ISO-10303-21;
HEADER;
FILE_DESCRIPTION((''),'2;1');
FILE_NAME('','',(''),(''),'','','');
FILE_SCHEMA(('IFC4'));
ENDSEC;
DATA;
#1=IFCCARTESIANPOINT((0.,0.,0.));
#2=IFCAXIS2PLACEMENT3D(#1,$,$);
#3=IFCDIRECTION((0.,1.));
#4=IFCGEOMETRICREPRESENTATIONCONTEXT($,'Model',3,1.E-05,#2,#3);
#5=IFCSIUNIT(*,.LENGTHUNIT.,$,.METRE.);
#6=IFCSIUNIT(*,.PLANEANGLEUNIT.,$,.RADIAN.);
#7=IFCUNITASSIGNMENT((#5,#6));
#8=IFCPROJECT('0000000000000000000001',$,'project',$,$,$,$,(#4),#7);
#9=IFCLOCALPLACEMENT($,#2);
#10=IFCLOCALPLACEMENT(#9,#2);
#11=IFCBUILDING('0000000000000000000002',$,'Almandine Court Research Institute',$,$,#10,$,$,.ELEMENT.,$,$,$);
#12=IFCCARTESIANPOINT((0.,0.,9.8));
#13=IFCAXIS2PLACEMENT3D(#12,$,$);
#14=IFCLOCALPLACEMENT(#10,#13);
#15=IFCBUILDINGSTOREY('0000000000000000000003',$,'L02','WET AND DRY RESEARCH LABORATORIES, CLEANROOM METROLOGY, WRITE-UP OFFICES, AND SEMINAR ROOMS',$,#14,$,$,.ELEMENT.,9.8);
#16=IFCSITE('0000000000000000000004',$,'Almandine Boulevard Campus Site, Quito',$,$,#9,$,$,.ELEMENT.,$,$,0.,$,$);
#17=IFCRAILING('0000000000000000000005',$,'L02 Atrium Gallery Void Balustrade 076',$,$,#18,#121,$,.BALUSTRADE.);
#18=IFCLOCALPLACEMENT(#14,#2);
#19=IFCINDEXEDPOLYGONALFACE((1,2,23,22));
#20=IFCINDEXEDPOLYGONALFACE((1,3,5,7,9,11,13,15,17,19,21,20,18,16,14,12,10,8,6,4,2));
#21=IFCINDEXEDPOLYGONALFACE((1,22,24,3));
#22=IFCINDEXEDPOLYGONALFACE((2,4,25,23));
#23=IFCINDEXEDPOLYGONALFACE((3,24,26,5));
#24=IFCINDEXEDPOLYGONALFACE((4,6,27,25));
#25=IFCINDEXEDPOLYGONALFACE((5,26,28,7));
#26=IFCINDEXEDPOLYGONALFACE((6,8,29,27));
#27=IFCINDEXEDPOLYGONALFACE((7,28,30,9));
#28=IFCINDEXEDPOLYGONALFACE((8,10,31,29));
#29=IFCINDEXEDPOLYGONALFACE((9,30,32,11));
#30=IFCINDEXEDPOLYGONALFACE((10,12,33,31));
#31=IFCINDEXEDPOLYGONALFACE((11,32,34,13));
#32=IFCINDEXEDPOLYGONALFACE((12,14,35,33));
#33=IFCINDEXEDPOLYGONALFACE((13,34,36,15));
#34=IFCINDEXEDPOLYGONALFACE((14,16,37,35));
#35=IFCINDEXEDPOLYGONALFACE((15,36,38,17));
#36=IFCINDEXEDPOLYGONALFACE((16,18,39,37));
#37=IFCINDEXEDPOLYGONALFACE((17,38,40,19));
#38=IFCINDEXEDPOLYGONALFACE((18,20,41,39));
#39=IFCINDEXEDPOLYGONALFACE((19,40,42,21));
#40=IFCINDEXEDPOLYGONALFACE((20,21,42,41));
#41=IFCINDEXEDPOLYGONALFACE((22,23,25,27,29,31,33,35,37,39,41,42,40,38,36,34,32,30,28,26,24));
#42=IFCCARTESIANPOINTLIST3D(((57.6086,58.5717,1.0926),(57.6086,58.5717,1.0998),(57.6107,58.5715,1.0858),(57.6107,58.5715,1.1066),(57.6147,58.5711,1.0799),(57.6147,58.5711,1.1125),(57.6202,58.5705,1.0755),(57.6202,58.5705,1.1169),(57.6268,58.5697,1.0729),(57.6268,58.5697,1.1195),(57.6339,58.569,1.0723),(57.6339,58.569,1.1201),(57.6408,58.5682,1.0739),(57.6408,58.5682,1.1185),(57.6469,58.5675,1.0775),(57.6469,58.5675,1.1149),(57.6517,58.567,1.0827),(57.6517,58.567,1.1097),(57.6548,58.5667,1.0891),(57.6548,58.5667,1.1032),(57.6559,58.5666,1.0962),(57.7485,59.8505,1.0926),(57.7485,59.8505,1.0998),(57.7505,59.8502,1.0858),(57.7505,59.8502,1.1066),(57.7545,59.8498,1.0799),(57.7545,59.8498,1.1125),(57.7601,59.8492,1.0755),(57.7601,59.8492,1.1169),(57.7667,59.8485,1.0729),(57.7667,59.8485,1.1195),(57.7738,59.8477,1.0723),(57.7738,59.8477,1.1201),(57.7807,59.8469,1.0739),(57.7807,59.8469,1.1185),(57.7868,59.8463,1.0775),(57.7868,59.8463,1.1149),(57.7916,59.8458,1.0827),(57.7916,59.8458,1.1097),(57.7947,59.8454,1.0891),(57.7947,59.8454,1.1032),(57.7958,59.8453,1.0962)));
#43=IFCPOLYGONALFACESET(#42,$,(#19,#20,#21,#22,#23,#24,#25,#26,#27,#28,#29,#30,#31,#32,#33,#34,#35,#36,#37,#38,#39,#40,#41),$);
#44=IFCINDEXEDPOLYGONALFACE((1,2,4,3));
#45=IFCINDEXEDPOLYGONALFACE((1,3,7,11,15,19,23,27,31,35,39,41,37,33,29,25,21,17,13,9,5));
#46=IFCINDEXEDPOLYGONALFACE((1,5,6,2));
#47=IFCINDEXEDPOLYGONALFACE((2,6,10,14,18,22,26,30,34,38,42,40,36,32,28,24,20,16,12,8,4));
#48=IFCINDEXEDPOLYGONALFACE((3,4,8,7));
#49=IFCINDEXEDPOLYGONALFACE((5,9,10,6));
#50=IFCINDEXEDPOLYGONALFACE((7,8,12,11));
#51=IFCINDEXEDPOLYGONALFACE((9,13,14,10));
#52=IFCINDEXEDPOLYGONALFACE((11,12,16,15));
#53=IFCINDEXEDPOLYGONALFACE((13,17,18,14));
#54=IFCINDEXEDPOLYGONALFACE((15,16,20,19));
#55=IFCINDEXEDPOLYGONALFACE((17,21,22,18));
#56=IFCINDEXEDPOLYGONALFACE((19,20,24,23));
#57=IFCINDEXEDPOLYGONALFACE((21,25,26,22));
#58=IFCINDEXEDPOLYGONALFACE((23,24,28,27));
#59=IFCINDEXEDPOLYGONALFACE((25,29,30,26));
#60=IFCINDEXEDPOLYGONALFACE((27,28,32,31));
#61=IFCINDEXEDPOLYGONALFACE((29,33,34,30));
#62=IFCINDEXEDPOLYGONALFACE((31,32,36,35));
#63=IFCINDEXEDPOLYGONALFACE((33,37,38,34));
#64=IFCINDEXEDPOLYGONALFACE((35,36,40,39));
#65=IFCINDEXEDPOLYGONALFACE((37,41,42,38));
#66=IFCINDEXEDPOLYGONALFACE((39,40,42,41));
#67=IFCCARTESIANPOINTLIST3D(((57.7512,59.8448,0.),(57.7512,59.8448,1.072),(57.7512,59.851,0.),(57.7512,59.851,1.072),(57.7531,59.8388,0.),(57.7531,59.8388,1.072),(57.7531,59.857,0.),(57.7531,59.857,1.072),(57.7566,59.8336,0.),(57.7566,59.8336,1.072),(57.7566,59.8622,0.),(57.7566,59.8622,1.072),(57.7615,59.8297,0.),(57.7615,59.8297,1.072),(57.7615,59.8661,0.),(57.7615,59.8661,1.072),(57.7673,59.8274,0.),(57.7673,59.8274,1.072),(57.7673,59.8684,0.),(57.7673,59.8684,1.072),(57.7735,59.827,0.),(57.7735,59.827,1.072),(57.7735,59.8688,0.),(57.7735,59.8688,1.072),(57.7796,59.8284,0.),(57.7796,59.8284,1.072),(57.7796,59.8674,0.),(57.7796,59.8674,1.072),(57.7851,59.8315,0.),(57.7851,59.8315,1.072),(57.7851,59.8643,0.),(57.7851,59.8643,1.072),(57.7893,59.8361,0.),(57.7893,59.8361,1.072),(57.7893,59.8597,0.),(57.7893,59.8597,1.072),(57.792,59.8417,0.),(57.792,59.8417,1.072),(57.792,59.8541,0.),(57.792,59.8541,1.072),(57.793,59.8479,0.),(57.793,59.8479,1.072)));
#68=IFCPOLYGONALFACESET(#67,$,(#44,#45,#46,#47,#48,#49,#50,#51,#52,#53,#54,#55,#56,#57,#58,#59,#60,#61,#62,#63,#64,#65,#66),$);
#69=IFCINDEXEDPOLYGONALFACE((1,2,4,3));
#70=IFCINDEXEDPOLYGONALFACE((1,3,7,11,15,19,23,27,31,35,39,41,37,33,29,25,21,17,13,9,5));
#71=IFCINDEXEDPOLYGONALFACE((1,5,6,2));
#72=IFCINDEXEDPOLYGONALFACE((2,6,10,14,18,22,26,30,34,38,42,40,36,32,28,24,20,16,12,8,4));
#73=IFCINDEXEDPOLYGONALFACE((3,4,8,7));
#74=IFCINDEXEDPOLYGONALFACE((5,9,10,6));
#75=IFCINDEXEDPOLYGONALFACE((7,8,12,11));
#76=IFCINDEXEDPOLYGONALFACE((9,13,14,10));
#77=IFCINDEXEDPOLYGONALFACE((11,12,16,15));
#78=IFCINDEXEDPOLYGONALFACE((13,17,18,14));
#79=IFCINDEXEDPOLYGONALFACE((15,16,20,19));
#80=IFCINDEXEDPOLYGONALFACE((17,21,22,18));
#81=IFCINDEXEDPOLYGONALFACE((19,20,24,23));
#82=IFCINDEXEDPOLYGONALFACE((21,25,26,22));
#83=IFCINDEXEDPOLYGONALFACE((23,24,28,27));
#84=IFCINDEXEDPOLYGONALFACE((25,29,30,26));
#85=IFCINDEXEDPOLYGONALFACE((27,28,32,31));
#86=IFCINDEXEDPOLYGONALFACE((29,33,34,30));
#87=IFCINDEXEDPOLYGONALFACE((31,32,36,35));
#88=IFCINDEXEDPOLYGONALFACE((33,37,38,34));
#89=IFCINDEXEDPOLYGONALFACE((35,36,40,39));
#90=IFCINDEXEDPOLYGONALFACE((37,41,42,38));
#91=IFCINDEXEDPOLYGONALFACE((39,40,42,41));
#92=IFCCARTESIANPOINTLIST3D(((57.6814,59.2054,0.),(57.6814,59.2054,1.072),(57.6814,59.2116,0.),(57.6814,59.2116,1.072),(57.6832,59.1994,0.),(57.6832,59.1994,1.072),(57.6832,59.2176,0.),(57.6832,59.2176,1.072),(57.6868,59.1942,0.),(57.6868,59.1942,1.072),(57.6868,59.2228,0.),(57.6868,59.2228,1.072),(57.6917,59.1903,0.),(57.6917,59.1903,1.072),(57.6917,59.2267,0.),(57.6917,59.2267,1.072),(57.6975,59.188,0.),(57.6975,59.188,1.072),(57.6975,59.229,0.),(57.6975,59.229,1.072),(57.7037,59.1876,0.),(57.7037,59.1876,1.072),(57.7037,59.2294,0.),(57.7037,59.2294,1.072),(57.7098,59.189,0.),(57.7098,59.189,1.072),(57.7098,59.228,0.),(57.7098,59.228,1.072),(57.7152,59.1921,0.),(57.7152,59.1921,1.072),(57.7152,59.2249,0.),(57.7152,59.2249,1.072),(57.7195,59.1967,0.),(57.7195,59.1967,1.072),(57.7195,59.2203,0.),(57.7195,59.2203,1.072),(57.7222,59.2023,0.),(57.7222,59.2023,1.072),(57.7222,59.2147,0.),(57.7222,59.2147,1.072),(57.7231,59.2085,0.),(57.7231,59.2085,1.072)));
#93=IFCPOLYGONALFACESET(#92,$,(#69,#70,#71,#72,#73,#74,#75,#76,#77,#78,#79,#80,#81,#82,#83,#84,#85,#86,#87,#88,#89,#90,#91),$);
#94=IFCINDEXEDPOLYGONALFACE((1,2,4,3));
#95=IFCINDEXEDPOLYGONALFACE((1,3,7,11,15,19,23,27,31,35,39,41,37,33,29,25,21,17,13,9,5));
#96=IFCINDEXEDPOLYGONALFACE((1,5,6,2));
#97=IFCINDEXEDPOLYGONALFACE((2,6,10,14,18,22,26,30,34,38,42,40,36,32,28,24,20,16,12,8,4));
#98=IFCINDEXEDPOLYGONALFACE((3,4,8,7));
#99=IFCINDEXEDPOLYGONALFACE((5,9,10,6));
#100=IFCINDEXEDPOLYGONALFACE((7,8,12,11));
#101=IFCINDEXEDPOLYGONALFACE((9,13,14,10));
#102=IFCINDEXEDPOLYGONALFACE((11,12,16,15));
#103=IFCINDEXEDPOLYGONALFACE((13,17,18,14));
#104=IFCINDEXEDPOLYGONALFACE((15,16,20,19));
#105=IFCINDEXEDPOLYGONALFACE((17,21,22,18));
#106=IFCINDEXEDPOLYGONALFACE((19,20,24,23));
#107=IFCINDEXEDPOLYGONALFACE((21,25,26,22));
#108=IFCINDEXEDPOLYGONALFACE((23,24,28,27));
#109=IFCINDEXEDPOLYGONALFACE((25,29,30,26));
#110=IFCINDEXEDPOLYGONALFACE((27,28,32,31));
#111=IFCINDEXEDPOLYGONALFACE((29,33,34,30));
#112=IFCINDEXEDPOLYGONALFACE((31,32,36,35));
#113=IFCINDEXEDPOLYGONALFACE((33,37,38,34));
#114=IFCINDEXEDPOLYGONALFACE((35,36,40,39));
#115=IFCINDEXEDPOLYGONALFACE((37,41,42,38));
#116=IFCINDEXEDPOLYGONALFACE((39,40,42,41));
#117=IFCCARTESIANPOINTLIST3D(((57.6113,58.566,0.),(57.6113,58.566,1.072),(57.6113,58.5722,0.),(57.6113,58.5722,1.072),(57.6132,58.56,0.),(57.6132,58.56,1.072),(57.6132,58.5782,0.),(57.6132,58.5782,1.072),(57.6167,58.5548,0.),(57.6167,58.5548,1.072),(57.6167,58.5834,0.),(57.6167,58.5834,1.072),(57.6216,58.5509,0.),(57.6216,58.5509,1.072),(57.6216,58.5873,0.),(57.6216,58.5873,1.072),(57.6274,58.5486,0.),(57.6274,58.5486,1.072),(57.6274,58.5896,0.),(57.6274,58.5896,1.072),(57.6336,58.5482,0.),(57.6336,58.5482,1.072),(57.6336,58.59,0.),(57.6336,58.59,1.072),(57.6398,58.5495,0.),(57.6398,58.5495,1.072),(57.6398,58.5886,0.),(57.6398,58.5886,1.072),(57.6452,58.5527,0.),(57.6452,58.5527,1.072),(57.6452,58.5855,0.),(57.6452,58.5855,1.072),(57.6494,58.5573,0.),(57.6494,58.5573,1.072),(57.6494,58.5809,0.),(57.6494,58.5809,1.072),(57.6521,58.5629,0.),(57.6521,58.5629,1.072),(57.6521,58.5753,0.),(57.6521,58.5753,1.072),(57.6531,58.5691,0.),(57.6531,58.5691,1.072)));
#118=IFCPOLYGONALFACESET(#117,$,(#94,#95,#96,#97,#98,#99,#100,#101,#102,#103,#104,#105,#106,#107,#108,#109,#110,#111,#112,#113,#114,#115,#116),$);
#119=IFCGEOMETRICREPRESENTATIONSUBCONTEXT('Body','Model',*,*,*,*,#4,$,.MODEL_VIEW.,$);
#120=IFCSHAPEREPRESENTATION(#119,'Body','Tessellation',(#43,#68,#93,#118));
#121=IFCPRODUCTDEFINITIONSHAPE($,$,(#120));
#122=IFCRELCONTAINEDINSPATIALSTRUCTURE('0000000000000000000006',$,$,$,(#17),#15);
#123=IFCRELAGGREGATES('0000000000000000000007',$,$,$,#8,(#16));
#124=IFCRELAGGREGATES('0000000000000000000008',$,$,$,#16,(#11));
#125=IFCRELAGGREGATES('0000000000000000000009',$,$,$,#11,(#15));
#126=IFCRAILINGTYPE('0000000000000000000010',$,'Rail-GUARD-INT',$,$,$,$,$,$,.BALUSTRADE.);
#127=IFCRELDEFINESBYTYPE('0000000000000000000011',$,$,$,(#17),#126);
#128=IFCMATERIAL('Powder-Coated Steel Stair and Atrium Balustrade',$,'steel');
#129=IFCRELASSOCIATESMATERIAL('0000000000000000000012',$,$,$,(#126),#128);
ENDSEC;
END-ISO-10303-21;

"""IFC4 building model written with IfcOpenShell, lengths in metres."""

from ifc_helpers import new_model, si_unit, direction, frame, origin, origin_2d, place, context, subcontext, project, spatial, circle, extrude, material, type_object, element, save


model = new_model("IFC4")

# Units and contexts
model_context = context("Model", 3, precision=1e-05, world=origin(), true_north=direction((0.0, 1.0)))
body_context = subcontext(model_context, "Body", "Model", "MODEL_VIEW")
ifc_project = project(units=[si_unit("LENGTHUNIT", "METRE"), si_unit("PLANEANGLEUNIT", "RADIAN")], contexts=[model_context])

# Site, building, storey
site_placement = place(None, origin())
site = spatial("IfcSite", under=ifc_project, at=site_placement, Name="Almandine Boulevard Campus Site, Quito", CompositionType="ELEMENT", RefElevation=0.0)
building_placement = place(site_placement, origin())
building = spatial("IfcBuilding", under=site, at=building_placement, Name="Almandine Court Research Institute", CompositionType="ELEMENT")
storey_placement = place(building_placement, frame((0.0, 0.0, 9.8)))
storey = spatial("IfcBuildingStorey", under=building, at=storey_placement, Name="L02", Description="WET AND DRY RESEARCH LABORATORIES, CLEANROOM METROLOGY, WRITE-UP OFFICES, AND SEMINAR ROOMS", CompositionType="ELEMENT", Elevation=9.8)

# Railing
ifc_material_1 = material(Name="Powder-Coated Steel Stair and Atrium Balustrade", Category="steel")
railing_type = type_object("IfcRailingType", Name="Rail-GUARD-INT", PredefinedType="BALUSTRADE", material=ifc_material_1)
railing_1_placement = place(storey_placement, frame((57.772, 59.8479, 0.0)))
element("IfcRailing", 1, at=railing_1_placement, inside=storey, type_object=railing_type, Name="L02 Atrium Gallery Void Balustrade 076", PredefinedType="BALUSTRADE", context=body_context, shape_type="SweptSolid", body=[
    extrude(circle(Radius=0.0239, at=origin_2d()), frame((0.0, 0.0, 1.0962), z_axis=(-0.108744, -0.99407, 0.0), x_axis=(0.99407, -0.108744, 0.0)), (0.0, 0.0, 1.0), 1.2864),
    extrude(circle(Radius=0.021, at=origin_2d()), origin(), (0.0, 0.0, 1.0), 1.072),
    extrude(circle(Radius=0.021, at=origin_2d()), frame((-0.0698, -0.6394, 0.0)), (0.0, 0.0, 1.0), 1.072),
    extrude(circle(Radius=0.021, at=origin_2d()), frame((-0.1399, -1.2788, 0.0)), (0.0, 0.0, 1.0), 1.072),
])

save(model, "model.ifc")
